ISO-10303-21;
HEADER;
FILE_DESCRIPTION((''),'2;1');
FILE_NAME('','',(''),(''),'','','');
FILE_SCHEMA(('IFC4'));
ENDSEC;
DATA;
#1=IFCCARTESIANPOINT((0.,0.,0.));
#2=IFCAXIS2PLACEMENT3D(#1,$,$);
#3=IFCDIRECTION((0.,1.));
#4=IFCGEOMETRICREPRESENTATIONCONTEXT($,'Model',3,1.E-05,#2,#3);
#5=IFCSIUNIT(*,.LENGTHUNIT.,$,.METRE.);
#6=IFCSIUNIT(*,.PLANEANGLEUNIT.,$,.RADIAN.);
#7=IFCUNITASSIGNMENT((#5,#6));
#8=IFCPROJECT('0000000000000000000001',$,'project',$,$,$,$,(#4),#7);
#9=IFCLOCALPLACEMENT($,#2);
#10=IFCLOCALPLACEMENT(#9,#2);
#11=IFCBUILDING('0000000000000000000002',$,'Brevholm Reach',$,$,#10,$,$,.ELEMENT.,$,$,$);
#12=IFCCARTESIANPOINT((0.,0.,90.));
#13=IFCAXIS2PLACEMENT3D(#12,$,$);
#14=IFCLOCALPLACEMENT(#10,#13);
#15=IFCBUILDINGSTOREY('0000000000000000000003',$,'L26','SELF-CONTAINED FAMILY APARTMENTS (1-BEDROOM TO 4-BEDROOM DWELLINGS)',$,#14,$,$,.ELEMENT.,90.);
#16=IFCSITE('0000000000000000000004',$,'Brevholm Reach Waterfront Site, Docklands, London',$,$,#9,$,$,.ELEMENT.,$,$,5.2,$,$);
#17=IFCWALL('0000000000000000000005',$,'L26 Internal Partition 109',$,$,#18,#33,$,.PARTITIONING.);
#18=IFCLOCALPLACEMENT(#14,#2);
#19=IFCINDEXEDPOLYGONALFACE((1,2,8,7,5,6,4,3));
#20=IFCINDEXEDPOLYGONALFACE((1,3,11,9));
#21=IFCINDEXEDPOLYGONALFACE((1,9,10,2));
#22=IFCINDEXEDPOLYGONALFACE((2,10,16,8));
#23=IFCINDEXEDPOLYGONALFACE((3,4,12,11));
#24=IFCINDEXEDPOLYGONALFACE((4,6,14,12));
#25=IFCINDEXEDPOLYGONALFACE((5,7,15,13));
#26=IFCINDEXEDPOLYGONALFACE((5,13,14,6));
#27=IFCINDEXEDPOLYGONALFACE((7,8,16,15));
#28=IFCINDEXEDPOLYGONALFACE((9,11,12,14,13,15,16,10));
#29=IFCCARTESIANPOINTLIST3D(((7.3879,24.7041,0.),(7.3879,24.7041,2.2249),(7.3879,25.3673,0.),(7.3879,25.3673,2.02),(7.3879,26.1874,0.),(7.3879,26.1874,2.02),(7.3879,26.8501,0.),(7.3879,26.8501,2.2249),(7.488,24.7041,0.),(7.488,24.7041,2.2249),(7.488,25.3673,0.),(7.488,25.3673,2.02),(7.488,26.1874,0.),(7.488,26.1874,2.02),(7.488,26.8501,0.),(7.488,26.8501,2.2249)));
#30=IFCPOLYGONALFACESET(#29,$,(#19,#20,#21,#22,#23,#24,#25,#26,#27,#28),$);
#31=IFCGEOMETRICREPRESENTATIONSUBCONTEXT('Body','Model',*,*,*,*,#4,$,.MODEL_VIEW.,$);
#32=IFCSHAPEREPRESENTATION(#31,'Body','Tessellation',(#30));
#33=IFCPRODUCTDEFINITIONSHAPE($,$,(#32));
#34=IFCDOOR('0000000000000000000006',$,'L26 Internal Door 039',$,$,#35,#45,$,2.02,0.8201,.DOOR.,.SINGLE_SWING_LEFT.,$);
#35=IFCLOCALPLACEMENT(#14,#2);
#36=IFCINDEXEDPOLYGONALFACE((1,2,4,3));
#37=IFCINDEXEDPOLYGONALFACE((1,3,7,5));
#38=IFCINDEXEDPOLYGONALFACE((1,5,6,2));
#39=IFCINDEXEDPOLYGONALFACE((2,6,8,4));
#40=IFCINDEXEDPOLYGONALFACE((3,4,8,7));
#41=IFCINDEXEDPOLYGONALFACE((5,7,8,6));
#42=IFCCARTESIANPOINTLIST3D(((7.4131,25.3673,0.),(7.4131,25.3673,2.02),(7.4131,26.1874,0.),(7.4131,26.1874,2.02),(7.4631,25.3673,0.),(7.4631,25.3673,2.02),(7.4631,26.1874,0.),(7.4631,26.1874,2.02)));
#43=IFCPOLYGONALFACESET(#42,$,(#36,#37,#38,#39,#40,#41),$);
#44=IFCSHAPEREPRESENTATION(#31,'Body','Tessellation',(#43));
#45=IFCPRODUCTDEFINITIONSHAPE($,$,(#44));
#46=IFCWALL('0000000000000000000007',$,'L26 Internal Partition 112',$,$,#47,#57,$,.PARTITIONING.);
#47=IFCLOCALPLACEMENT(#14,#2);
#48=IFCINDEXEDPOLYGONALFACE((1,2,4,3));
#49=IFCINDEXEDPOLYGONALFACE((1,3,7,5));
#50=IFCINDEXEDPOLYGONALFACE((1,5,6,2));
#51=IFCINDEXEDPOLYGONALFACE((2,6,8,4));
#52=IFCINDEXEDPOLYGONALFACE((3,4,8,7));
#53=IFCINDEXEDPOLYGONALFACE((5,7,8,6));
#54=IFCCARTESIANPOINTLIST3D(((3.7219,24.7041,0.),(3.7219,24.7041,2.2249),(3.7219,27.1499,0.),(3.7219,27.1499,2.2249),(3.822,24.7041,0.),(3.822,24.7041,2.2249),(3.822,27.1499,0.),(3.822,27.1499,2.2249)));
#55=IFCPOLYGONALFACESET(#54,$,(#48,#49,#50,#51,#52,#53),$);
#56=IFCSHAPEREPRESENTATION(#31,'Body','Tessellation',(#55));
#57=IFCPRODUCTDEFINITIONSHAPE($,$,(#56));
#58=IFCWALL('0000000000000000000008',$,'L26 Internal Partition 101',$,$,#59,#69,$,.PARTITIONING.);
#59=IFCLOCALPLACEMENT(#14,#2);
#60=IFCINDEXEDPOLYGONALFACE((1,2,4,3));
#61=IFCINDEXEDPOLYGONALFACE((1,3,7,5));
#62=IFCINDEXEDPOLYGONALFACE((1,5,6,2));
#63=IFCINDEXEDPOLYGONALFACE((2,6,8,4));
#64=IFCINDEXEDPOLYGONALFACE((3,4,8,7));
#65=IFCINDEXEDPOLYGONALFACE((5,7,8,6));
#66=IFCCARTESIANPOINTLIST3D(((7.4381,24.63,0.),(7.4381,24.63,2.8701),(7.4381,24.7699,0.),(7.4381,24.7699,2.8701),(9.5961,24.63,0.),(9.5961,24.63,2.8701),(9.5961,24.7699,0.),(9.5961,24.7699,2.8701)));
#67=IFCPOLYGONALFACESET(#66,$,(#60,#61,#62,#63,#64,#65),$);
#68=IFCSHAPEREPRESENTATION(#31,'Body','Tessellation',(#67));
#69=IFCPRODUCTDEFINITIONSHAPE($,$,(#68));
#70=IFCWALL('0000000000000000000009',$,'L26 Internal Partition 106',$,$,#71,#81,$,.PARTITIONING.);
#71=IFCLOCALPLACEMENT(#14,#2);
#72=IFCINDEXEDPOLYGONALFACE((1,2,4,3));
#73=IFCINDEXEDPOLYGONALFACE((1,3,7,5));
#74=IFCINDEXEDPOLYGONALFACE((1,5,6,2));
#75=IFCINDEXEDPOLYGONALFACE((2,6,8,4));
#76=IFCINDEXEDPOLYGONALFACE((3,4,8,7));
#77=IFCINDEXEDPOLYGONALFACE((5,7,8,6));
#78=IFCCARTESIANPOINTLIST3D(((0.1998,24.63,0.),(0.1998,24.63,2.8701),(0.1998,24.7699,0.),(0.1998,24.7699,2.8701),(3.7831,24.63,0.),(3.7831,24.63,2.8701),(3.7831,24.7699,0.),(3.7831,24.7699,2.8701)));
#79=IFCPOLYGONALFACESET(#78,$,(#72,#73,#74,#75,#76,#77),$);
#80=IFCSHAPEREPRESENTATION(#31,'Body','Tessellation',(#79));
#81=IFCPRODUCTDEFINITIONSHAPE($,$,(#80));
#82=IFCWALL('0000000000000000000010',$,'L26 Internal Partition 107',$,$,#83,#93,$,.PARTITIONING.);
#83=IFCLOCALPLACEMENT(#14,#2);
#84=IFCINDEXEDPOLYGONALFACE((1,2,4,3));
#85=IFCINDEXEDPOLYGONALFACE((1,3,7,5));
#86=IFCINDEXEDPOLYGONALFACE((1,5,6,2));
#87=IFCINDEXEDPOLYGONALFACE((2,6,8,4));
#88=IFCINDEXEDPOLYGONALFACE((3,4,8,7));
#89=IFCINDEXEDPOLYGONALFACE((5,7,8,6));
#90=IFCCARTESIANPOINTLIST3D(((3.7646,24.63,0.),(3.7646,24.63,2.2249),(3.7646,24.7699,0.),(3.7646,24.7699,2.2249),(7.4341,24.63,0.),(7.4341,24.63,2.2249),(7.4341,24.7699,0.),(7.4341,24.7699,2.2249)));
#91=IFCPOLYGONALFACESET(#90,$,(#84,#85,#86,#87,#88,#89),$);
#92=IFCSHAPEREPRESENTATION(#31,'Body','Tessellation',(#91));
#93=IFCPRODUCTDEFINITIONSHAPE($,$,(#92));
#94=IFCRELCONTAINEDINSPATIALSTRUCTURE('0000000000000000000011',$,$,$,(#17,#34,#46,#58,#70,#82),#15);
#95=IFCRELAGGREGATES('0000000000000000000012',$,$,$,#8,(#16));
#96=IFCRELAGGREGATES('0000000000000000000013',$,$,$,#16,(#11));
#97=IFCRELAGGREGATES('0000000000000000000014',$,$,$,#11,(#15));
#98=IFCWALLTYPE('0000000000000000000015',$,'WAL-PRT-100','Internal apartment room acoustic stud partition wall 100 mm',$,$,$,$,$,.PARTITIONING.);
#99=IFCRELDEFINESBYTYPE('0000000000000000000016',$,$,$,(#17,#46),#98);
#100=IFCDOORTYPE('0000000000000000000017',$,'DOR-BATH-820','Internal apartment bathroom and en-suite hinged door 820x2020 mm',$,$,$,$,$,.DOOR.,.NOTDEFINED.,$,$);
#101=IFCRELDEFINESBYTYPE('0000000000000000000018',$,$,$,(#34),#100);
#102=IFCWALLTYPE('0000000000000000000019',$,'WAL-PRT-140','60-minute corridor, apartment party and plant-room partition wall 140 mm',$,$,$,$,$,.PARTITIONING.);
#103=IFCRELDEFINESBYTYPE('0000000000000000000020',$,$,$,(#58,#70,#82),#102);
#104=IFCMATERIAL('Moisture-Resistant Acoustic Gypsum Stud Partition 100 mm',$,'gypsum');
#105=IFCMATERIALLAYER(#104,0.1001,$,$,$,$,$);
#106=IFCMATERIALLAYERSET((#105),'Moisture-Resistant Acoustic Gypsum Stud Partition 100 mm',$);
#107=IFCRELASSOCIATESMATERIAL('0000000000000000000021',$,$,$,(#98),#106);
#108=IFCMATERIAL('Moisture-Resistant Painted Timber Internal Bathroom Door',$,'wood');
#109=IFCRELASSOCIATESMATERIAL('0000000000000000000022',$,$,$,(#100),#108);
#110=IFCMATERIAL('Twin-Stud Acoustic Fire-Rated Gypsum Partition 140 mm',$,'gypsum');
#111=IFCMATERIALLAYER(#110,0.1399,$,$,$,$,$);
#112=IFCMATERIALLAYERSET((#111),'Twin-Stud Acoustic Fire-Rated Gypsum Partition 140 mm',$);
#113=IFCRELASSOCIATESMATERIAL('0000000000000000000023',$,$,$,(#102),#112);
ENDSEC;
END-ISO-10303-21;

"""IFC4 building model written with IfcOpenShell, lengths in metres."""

from ifc_helpers import new_model, si_unit, direction, frame, frame_2d, origin, place, context, subcontext, project, spatial, rectangle, extrude, material, layer, layer_set, type_object, element, fill, save


model = new_model("IFC4")

# Units and contexts
model_context = context("Model", 3, precision=1e-05, world=origin(), true_north=direction((0.0, 1.0)))
body_context = subcontext(model_context, "Body", "Model", "MODEL_VIEW")
ifc_project = project(units=[si_unit("LENGTHUNIT", "METRE"), si_unit("PLANEANGLEUNIT", "RADIAN")], contexts=[model_context])

# Site, building, storey
site_placement = place(None, origin())
site = spatial("IfcSite", under=ifc_project, at=site_placement, Name="Brevholm Reach Waterfront Site, Docklands, London", CompositionType="ELEMENT", RefElevation=5.2)
building_placement = place(site_placement, origin())
building = spatial("IfcBuilding", under=site, at=building_placement, Name="Brevholm Reach", CompositionType="ELEMENT")
storey_placement = place(building_placement, frame((0.0, 0.0, 90.0)))
storey = spatial("IfcBuildingStorey", under=building, at=storey_placement, Name="L26", Description="SELF-CONTAINED FAMILY APARTMENTS (1-BEDROOM TO 4-BEDROOM DWELLINGS)", CompositionType="ELEMENT", Elevation=90.0)

# Shared definitions
ifc_material_1 = material(Name="Moisture-Resistant Acoustic Gypsum Stud Partition 100 mm", Category="gypsum")
ifc_layer_1 = layer(ifc_material_1, 0.1001)
ifc_layer_set_1 = layer_set([ifc_layer_1], Name="Moisture-Resistant Acoustic Gypsum Stud Partition 100 mm")
wall_type_1 = type_object("IfcWallType", Name="WAL-PRT-100", Description="Internal apartment room acoustic stud partition wall 100 mm", PredefinedType="PARTITIONING", material=ifc_layer_set_1)

# Wall, opening, door
ifc_material_2 = material(Name="Moisture-Resistant Painted Timber Internal Bathroom Door", Category="wood")
door_type = type_object("IfcDoorType", Name="DOR-BATH-820", Description="Internal apartment bathroom and en-suite hinged door 820x2020 mm", OperationType="NOTDEFINED", PredefinedType="DOOR", material=ifc_material_2)
wall_1_placement = place(storey_placement, frame((7.438, 24.7041, 0.0), z_axis=(0.0, 0.0, 1.0), x_axis=(0.0, 1.0, 0.0)))
wall_1 = element("IfcWall", 1, at=wall_1_placement, inside=storey, type_object=wall_type_1, Name="L26 Internal Partition 109", PredefinedType="PARTITIONING", context=body_context, shape_type="SweptSolid", body=[
    extrude(rectangle(XDim=2.146, YDim=0.1001, at=frame_2d((1.073, 0.0))), origin(), (0.0, 0.0, 1.0), 2.2249),
])
opening_1_placement = place(wall_1_placement, frame((0.6631, 0.0, 0.0)))
opening_1 = element("IfcOpeningElement", 2, at=opening_1_placement, cuts=wall_1, PredefinedType="OPENING", context=body_context, shape_type="SweptSolid", body=[
    extrude(rectangle(XDim=0.8201, YDim=2.02, at=frame_2d((0.4102, 1.01))), frame((0.0, 0.0601, 0.0), z_axis=(0.0, -1.0, 0.0), x_axis=(1.0, 0.0, 0.0)), (0.0, 0.0, 1.0), 0.1201),
])
door_1_placement = place(opening_1_placement, origin())
door_1 = element("IfcDoor", 3, at=door_1_placement, inside=storey, type_object=door_type, Name="L26 Internal Door 039", OperationType="SINGLE_SWING_LEFT", OverallHeight=2.02, OverallWidth=0.8201, PredefinedType="DOOR", context=body_context, shape_type="SweptSolid", body=[
    extrude(rectangle(XDim=0.8201, YDim=2.02, at=frame_2d((0.4102, 1.01))), frame((0.0, 0.0249, 0.0), z_axis=(0.0, -1.0, 0.0), x_axis=(1.0, 0.0, 0.0)), (0.0, 0.0, 1.0), 0.05),
])
fill(opening_1, door_1)

# Walls
wall_2_placement = place(storey_placement, frame((3.772, 24.7041, 0.0), z_axis=(0.0, 0.0, 1.0), x_axis=(0.0, 1.0, 0.0)))
element("IfcWall", 4, at=wall_2_placement, inside=storey, type_object=wall_type_1, Name="L26 Internal Partition 112", PredefinedType="PARTITIONING", context=body_context, shape_type="SweptSolid", body=[
    extrude(rectangle(XDim=2.4458, YDim=0.1001, at=frame_2d((1.2229, 0.0))), origin(), (0.0, 0.0, 1.0), 2.2249),
])
ifc_material_3 = material(Name="Twin-Stud Acoustic Fire-Rated Gypsum Partition 140 mm", Category="gypsum")
ifc_layer_2 = layer(ifc_material_3, 0.1399)
ifc_layer_set_2 = layer_set([ifc_layer_2], Name="Twin-Stud Acoustic Fire-Rated Gypsum Partition 140 mm")
wall_type_2 = type_object("IfcWallType", Name="WAL-PRT-140", Description="60-minute corridor, apartment party and plant-room partition wall 140 mm", PredefinedType="PARTITIONING", material=ifc_layer_set_2)
wall_3_placement = place(storey_placement, frame((7.438, 24.7, 0.0), z_axis=(0.0, 0.0, 1.0), x_axis=(1.0, 0.0, 0.0)))
element("IfcWall", 5, at=wall_3_placement, inside=storey, type_object=wall_type_2, Name="L26 Internal Partition 101", PredefinedType="PARTITIONING", context=body_context, shape_type="SweptSolid", body=[
    extrude(rectangle(XDim=2.158, YDim=0.1399, at=frame_2d((1.0791, 0.0))), origin(), (0.0, 0.0, 1.0), 2.8701),
])
wall_4_placement = place(storey_placement, frame((0.2, 24.7, 0.0), z_axis=(0.0, 0.0, 1.0), x_axis=(1.0, 0.0, 0.0)))
element("IfcWall", 6, at=wall_4_placement, inside=storey, type_object=wall_type_2, Name="L26 Internal Partition 106", PredefinedType="PARTITIONING", context=body_context, shape_type="SweptSolid", body=[
    extrude(rectangle(XDim=3.5833, YDim=0.1399, at=frame_2d((1.7915, 0.0))), origin(), (0.0, 0.0, 1.0), 2.8701),
])
wall_5_placement = place(storey_placement, frame((3.7646, 24.7, 0.0), z_axis=(0.0, 0.0, 1.0), x_axis=(1.0, 0.0, 0.0)))
element("IfcWall", 7, at=wall_5_placement, inside=storey, type_object=wall_type_2, Name="L26 Internal Partition 107", PredefinedType="PARTITIONING", context=body_context, shape_type="SweptSolid", body=[
    extrude(rectangle(XDim=3.6694, YDim=0.1399, at=frame_2d((1.8347, 0.0))), origin(), (0.0, 0.0, 1.0), 2.2249),
])

save(model, "model.ifc")
